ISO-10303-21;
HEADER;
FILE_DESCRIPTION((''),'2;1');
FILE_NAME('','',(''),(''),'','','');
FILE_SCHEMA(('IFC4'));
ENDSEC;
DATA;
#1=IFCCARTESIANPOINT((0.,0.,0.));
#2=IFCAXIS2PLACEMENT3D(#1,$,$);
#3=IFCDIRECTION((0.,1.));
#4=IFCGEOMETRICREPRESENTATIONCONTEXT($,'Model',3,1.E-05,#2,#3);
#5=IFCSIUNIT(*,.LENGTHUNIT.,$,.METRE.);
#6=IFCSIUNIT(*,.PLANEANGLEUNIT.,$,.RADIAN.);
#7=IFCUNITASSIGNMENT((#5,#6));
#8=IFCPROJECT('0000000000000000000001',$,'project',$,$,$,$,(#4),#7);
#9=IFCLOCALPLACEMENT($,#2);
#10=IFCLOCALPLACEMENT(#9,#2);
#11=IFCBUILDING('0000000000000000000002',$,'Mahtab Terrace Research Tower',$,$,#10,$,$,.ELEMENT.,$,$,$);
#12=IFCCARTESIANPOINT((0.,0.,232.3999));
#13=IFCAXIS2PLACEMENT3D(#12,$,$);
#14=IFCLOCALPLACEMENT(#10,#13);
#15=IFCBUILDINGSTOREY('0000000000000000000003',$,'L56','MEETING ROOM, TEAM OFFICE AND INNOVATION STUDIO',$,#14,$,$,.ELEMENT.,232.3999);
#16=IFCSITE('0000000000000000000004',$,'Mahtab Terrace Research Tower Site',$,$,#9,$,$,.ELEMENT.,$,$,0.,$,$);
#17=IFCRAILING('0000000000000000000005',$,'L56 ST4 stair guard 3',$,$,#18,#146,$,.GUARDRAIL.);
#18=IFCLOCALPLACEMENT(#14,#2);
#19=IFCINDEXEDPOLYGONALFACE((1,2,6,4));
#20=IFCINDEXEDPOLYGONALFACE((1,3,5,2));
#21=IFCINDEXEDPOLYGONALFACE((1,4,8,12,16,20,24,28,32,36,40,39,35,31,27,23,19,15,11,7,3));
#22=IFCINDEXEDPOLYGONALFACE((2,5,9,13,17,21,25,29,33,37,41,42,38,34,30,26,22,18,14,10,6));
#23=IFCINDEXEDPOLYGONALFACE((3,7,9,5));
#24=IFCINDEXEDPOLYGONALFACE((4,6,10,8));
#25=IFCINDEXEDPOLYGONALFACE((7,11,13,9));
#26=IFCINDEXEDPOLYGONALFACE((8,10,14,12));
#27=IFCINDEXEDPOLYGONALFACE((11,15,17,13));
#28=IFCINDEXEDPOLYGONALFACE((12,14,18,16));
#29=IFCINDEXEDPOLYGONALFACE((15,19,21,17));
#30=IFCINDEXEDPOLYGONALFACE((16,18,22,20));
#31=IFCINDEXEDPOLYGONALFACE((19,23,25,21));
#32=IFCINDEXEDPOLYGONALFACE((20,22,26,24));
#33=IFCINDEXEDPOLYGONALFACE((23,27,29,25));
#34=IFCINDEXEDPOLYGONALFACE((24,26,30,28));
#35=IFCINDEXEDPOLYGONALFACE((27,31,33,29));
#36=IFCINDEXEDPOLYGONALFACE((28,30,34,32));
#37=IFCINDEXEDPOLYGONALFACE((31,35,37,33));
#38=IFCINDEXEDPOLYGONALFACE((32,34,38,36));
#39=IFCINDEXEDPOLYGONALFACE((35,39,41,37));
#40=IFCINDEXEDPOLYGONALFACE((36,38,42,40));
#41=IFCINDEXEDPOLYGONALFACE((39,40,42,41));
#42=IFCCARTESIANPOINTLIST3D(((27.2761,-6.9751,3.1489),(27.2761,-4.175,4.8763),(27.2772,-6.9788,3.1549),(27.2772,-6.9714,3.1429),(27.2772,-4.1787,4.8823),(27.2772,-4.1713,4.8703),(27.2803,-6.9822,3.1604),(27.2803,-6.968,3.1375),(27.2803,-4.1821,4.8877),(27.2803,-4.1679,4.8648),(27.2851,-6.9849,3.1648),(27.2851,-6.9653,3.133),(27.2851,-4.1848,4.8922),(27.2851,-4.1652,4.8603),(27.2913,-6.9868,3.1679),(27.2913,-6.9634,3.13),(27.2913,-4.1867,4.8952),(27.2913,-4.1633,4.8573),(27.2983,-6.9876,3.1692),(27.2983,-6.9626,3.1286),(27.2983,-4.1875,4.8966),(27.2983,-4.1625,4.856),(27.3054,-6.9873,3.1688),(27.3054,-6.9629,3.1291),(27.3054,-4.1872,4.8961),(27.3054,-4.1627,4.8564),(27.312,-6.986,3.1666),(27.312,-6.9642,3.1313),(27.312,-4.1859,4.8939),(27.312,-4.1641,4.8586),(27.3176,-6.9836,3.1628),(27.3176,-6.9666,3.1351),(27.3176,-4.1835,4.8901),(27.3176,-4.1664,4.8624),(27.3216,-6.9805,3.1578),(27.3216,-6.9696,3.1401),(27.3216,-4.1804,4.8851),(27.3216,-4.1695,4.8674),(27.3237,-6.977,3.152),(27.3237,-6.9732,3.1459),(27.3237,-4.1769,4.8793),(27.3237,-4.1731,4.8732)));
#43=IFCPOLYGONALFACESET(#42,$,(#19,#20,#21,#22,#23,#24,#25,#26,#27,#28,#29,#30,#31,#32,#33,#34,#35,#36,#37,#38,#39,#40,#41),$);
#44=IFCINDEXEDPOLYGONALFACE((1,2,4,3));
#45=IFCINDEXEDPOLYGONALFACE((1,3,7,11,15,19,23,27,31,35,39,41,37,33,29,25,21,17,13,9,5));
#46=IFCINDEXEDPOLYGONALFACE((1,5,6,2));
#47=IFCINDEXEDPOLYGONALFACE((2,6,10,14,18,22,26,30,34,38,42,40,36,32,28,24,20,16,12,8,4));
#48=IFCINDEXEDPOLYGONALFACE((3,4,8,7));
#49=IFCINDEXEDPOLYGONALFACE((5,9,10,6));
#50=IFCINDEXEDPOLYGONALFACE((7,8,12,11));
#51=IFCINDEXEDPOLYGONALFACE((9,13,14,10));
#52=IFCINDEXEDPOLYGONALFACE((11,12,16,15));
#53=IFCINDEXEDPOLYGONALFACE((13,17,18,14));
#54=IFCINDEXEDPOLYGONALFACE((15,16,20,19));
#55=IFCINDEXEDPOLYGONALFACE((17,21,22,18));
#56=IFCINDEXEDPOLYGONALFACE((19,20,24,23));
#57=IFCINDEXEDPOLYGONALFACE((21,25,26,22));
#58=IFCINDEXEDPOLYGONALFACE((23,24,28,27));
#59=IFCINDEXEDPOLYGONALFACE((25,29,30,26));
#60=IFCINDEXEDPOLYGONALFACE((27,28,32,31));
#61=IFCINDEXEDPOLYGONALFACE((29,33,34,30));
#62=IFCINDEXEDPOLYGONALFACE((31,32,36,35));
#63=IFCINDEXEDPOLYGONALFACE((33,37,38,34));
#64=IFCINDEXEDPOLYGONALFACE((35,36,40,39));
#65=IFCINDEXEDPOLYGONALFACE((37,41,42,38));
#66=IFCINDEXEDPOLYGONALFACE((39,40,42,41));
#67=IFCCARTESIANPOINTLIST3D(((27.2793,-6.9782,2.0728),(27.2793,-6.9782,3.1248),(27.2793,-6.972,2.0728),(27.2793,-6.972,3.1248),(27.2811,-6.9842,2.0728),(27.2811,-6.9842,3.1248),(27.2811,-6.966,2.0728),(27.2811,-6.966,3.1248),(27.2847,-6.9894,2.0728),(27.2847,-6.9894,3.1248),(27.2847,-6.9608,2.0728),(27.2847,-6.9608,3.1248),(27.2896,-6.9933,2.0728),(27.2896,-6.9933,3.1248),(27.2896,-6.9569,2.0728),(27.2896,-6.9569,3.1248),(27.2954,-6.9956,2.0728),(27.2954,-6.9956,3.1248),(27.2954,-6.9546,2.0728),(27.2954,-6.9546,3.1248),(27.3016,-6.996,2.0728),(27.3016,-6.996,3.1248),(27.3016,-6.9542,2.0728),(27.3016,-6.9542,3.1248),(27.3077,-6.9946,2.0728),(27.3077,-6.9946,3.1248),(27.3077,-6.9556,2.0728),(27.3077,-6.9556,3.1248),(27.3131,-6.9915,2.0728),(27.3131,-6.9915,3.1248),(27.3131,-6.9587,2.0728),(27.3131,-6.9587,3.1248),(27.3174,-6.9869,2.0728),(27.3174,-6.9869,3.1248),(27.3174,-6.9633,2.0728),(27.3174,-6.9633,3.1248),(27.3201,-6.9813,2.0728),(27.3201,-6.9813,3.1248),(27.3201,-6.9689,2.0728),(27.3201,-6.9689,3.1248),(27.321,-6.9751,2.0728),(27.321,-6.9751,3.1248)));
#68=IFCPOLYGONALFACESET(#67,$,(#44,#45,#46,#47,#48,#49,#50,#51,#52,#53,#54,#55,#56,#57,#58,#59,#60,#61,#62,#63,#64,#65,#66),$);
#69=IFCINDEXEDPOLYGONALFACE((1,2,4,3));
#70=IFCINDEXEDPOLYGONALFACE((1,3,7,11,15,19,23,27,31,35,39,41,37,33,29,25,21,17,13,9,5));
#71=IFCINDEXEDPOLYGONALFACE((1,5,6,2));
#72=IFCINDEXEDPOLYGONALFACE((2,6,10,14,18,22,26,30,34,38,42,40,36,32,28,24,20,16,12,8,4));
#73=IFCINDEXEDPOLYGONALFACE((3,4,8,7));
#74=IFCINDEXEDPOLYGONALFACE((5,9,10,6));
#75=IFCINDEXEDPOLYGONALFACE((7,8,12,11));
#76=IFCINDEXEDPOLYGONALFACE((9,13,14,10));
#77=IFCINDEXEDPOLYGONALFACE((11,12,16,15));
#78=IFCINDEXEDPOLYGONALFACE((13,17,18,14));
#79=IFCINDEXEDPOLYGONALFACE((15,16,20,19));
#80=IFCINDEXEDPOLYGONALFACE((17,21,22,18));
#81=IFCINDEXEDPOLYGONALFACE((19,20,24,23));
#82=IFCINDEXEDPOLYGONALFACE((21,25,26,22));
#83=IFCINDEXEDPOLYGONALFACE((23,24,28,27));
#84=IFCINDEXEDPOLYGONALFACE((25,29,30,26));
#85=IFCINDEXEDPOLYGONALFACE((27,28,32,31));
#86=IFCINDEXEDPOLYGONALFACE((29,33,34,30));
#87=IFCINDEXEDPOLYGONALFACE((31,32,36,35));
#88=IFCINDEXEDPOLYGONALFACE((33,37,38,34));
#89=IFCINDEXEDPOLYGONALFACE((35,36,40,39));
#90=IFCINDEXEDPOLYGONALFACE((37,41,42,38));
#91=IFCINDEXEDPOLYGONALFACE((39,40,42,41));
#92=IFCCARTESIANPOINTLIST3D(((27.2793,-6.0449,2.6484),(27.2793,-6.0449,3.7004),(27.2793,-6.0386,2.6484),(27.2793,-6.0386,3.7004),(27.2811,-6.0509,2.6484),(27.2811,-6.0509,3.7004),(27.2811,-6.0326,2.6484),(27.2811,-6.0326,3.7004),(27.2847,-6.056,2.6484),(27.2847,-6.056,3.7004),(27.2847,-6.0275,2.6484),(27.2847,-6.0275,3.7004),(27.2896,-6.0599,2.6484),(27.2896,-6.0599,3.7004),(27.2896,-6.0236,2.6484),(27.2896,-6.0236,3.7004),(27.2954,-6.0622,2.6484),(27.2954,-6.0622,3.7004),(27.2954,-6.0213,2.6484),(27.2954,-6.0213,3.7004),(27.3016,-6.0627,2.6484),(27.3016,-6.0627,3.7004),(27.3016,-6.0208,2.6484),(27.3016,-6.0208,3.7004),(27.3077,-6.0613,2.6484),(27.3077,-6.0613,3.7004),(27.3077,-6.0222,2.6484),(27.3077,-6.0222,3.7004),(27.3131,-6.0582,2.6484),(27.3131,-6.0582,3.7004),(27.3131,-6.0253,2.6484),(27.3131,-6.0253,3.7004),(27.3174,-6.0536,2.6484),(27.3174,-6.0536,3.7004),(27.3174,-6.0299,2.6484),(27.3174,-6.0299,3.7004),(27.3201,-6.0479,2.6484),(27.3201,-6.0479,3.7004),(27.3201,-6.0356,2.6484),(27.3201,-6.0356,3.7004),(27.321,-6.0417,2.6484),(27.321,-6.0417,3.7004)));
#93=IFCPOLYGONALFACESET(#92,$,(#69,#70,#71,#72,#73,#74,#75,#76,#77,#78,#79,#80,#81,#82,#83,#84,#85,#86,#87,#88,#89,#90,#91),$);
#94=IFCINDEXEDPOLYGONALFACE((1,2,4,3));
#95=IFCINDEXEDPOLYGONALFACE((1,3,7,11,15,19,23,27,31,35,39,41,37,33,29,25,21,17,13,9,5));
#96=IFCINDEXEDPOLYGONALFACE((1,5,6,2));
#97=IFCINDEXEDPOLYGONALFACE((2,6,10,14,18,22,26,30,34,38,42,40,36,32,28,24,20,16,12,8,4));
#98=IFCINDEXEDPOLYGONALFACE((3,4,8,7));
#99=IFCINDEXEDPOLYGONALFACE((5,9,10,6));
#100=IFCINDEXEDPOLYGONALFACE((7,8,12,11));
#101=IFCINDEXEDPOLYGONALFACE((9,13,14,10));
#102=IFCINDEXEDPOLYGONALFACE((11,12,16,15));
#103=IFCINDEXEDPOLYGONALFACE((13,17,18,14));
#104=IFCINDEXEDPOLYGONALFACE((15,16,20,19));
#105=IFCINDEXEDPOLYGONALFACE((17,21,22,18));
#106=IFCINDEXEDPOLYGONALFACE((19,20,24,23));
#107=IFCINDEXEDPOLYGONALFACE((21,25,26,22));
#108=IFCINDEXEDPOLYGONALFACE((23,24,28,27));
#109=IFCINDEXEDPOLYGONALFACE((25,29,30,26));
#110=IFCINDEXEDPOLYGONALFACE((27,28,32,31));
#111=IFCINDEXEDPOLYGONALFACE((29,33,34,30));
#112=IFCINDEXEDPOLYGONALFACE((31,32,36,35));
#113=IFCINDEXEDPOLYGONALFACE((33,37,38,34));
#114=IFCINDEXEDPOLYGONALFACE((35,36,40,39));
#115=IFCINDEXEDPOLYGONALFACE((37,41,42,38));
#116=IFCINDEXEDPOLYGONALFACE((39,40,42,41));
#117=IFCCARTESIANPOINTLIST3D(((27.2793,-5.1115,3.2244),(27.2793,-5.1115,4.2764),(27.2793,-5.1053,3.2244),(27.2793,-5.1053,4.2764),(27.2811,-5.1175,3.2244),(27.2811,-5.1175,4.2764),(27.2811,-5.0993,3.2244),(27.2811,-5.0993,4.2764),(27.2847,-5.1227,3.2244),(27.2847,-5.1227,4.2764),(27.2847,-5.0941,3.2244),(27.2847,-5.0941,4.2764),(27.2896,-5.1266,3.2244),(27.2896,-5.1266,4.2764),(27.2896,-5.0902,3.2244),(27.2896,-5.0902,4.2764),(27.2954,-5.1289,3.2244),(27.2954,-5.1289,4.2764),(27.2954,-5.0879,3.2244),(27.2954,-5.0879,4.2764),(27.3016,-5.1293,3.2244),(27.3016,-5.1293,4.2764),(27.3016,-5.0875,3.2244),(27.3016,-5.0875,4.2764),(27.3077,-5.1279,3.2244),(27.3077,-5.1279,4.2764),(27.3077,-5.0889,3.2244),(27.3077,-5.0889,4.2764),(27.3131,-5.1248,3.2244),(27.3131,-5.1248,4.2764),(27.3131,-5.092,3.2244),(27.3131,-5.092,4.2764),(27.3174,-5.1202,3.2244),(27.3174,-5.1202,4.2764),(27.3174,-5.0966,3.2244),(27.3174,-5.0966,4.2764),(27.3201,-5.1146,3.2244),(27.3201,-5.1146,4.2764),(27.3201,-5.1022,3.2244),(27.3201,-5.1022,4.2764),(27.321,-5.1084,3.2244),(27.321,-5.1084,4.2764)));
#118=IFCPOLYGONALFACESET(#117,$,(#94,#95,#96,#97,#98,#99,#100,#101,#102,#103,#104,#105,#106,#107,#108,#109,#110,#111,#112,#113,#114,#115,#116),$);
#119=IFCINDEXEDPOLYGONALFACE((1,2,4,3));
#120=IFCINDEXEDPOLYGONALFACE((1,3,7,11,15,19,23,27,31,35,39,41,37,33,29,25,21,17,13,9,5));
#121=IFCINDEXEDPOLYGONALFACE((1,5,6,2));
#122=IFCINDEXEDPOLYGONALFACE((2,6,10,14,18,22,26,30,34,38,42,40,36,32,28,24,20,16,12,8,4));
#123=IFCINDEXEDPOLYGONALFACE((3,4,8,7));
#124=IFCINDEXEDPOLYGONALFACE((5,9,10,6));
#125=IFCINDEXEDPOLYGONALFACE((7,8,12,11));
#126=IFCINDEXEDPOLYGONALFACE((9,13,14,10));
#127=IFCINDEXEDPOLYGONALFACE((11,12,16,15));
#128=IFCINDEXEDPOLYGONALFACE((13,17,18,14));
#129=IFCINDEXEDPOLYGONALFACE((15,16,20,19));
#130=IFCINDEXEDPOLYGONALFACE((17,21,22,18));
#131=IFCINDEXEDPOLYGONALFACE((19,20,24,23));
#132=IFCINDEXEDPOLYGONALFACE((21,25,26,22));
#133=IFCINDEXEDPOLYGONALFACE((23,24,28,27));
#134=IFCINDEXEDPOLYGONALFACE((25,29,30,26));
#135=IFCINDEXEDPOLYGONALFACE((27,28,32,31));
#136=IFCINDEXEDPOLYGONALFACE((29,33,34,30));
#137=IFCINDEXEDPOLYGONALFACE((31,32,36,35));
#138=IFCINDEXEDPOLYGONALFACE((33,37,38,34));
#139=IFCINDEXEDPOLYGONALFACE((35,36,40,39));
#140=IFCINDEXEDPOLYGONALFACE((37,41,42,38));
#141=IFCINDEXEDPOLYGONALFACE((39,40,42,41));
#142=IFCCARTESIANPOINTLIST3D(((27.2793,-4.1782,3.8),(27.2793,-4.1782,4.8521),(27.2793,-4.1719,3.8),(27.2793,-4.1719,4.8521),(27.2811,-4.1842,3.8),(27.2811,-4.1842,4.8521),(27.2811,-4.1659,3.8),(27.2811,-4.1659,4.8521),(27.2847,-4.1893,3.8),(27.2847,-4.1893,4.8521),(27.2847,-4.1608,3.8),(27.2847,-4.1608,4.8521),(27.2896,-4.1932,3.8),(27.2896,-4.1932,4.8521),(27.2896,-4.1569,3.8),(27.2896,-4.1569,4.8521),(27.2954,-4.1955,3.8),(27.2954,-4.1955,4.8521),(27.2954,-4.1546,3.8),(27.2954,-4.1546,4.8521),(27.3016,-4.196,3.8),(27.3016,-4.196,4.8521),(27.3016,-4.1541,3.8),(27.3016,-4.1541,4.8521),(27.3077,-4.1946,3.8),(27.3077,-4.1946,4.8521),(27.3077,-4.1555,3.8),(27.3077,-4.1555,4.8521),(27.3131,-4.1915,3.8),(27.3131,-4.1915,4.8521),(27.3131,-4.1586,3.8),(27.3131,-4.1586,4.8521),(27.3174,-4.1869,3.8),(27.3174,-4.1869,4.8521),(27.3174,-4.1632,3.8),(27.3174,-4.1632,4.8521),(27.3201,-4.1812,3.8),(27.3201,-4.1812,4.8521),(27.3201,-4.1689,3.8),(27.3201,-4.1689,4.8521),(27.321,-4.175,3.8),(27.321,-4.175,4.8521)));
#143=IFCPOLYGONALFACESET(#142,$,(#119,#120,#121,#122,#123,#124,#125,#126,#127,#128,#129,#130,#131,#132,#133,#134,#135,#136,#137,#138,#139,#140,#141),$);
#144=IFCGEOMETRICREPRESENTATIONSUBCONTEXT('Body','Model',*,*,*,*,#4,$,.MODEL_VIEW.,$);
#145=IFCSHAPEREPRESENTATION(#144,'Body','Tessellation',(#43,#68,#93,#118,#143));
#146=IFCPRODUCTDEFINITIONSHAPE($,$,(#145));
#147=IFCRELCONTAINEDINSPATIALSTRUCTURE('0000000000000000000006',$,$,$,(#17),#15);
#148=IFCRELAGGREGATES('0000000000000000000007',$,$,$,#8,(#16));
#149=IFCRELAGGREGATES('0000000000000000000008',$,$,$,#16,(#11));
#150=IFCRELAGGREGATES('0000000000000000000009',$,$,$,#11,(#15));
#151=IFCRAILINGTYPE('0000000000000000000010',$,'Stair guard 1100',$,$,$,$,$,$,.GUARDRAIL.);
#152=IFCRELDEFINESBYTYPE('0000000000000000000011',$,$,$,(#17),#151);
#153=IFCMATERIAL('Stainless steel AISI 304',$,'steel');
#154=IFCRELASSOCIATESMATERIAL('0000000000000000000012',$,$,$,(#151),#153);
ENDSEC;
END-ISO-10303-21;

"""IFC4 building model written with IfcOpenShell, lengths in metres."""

from ifc_helpers import new_model, si_unit, direction, frame, origin, origin_2d, place, context, subcontext, project, spatial, circle, extrude, material, type_object, element, save


model = new_model("IFC4")

# Units and contexts
model_context = context("Model", 3, precision=1e-05, world=origin(), true_north=direction((0.0, 1.0)))
body_context = subcontext(model_context, "Body", "Model", "MODEL_VIEW")
ifc_project = project(units=[si_unit("LENGTHUNIT", "METRE"), si_unit("PLANEANGLEUNIT", "RADIAN")], contexts=[model_context])

# Site, building, storey
site_placement = place(None, origin())
site = spatial("IfcSite", under=ifc_project, at=site_placement, Name="Mahtab Terrace Research Tower Site", CompositionType="ELEMENT", RefElevation=0.0)
building_placement = place(site_placement, origin())
building = spatial("IfcBuilding", under=site, at=building_placement, Name="Mahtab Terrace Research Tower", CompositionType="ELEMENT")
storey_placement = place(building_placement, frame((0.0, 0.0, 232.3999)))
storey = spatial("IfcBuildingStorey", under=building, at=storey_placement, Name="L56", Description="MEETING ROOM, TEAM OFFICE AND INNOVATION STUDIO", CompositionType="ELEMENT", Elevation=232.3999)

# Shared definitions
ifc_material_1 = material(Name="Stainless steel AISI 304", Category="steel")

# Railing
railing_type_1 = type_object("IfcRailingType", Name="Stair guard 1100", PredefinedType="GUARDRAIL", material=ifc_material_1)
railing_1_placement = place(storey_placement, frame((27.3, -6.9751, 2.0728)))
element("IfcRailing", 1, at=railing_1_placement, inside=storey, type_object=railing_type_1, Name="L56 ST4 stair guard 3", PredefinedType="GUARDRAIL", context=body_context, shape_type="SweptSolid", body=[
    extrude(circle(Radius=0.0239, at=origin_2d()), frame((0.0, 0.0, 1.0762), z_axis=(0.0, 0.85109, 0.52502), x_axis=(-1.0, 0.0, 0.0)), (0.0, 0.0, 1.0), 3.29),
    extrude(circle(Radius=0.021, at=origin_2d()), origin(), (0.0, 0.0, 1.0), 1.052),
    extrude(circle(Radius=0.021, at=origin_2d()), frame((0.0, 0.9333, 0.5757)), (0.0, 0.0, 1.0), 1.052),
    extrude(circle(Radius=0.021, at=origin_2d()), frame((0.0, 1.8667, 1.1516)), (0.0, 0.0, 1.0), 1.052),
    extrude(circle(Radius=0.021, at=origin_2d()), frame((0.0, 2.8, 1.7273)), (0.0, 0.0, 1.0), 1.052),
])

save(model, "model.ifc")
